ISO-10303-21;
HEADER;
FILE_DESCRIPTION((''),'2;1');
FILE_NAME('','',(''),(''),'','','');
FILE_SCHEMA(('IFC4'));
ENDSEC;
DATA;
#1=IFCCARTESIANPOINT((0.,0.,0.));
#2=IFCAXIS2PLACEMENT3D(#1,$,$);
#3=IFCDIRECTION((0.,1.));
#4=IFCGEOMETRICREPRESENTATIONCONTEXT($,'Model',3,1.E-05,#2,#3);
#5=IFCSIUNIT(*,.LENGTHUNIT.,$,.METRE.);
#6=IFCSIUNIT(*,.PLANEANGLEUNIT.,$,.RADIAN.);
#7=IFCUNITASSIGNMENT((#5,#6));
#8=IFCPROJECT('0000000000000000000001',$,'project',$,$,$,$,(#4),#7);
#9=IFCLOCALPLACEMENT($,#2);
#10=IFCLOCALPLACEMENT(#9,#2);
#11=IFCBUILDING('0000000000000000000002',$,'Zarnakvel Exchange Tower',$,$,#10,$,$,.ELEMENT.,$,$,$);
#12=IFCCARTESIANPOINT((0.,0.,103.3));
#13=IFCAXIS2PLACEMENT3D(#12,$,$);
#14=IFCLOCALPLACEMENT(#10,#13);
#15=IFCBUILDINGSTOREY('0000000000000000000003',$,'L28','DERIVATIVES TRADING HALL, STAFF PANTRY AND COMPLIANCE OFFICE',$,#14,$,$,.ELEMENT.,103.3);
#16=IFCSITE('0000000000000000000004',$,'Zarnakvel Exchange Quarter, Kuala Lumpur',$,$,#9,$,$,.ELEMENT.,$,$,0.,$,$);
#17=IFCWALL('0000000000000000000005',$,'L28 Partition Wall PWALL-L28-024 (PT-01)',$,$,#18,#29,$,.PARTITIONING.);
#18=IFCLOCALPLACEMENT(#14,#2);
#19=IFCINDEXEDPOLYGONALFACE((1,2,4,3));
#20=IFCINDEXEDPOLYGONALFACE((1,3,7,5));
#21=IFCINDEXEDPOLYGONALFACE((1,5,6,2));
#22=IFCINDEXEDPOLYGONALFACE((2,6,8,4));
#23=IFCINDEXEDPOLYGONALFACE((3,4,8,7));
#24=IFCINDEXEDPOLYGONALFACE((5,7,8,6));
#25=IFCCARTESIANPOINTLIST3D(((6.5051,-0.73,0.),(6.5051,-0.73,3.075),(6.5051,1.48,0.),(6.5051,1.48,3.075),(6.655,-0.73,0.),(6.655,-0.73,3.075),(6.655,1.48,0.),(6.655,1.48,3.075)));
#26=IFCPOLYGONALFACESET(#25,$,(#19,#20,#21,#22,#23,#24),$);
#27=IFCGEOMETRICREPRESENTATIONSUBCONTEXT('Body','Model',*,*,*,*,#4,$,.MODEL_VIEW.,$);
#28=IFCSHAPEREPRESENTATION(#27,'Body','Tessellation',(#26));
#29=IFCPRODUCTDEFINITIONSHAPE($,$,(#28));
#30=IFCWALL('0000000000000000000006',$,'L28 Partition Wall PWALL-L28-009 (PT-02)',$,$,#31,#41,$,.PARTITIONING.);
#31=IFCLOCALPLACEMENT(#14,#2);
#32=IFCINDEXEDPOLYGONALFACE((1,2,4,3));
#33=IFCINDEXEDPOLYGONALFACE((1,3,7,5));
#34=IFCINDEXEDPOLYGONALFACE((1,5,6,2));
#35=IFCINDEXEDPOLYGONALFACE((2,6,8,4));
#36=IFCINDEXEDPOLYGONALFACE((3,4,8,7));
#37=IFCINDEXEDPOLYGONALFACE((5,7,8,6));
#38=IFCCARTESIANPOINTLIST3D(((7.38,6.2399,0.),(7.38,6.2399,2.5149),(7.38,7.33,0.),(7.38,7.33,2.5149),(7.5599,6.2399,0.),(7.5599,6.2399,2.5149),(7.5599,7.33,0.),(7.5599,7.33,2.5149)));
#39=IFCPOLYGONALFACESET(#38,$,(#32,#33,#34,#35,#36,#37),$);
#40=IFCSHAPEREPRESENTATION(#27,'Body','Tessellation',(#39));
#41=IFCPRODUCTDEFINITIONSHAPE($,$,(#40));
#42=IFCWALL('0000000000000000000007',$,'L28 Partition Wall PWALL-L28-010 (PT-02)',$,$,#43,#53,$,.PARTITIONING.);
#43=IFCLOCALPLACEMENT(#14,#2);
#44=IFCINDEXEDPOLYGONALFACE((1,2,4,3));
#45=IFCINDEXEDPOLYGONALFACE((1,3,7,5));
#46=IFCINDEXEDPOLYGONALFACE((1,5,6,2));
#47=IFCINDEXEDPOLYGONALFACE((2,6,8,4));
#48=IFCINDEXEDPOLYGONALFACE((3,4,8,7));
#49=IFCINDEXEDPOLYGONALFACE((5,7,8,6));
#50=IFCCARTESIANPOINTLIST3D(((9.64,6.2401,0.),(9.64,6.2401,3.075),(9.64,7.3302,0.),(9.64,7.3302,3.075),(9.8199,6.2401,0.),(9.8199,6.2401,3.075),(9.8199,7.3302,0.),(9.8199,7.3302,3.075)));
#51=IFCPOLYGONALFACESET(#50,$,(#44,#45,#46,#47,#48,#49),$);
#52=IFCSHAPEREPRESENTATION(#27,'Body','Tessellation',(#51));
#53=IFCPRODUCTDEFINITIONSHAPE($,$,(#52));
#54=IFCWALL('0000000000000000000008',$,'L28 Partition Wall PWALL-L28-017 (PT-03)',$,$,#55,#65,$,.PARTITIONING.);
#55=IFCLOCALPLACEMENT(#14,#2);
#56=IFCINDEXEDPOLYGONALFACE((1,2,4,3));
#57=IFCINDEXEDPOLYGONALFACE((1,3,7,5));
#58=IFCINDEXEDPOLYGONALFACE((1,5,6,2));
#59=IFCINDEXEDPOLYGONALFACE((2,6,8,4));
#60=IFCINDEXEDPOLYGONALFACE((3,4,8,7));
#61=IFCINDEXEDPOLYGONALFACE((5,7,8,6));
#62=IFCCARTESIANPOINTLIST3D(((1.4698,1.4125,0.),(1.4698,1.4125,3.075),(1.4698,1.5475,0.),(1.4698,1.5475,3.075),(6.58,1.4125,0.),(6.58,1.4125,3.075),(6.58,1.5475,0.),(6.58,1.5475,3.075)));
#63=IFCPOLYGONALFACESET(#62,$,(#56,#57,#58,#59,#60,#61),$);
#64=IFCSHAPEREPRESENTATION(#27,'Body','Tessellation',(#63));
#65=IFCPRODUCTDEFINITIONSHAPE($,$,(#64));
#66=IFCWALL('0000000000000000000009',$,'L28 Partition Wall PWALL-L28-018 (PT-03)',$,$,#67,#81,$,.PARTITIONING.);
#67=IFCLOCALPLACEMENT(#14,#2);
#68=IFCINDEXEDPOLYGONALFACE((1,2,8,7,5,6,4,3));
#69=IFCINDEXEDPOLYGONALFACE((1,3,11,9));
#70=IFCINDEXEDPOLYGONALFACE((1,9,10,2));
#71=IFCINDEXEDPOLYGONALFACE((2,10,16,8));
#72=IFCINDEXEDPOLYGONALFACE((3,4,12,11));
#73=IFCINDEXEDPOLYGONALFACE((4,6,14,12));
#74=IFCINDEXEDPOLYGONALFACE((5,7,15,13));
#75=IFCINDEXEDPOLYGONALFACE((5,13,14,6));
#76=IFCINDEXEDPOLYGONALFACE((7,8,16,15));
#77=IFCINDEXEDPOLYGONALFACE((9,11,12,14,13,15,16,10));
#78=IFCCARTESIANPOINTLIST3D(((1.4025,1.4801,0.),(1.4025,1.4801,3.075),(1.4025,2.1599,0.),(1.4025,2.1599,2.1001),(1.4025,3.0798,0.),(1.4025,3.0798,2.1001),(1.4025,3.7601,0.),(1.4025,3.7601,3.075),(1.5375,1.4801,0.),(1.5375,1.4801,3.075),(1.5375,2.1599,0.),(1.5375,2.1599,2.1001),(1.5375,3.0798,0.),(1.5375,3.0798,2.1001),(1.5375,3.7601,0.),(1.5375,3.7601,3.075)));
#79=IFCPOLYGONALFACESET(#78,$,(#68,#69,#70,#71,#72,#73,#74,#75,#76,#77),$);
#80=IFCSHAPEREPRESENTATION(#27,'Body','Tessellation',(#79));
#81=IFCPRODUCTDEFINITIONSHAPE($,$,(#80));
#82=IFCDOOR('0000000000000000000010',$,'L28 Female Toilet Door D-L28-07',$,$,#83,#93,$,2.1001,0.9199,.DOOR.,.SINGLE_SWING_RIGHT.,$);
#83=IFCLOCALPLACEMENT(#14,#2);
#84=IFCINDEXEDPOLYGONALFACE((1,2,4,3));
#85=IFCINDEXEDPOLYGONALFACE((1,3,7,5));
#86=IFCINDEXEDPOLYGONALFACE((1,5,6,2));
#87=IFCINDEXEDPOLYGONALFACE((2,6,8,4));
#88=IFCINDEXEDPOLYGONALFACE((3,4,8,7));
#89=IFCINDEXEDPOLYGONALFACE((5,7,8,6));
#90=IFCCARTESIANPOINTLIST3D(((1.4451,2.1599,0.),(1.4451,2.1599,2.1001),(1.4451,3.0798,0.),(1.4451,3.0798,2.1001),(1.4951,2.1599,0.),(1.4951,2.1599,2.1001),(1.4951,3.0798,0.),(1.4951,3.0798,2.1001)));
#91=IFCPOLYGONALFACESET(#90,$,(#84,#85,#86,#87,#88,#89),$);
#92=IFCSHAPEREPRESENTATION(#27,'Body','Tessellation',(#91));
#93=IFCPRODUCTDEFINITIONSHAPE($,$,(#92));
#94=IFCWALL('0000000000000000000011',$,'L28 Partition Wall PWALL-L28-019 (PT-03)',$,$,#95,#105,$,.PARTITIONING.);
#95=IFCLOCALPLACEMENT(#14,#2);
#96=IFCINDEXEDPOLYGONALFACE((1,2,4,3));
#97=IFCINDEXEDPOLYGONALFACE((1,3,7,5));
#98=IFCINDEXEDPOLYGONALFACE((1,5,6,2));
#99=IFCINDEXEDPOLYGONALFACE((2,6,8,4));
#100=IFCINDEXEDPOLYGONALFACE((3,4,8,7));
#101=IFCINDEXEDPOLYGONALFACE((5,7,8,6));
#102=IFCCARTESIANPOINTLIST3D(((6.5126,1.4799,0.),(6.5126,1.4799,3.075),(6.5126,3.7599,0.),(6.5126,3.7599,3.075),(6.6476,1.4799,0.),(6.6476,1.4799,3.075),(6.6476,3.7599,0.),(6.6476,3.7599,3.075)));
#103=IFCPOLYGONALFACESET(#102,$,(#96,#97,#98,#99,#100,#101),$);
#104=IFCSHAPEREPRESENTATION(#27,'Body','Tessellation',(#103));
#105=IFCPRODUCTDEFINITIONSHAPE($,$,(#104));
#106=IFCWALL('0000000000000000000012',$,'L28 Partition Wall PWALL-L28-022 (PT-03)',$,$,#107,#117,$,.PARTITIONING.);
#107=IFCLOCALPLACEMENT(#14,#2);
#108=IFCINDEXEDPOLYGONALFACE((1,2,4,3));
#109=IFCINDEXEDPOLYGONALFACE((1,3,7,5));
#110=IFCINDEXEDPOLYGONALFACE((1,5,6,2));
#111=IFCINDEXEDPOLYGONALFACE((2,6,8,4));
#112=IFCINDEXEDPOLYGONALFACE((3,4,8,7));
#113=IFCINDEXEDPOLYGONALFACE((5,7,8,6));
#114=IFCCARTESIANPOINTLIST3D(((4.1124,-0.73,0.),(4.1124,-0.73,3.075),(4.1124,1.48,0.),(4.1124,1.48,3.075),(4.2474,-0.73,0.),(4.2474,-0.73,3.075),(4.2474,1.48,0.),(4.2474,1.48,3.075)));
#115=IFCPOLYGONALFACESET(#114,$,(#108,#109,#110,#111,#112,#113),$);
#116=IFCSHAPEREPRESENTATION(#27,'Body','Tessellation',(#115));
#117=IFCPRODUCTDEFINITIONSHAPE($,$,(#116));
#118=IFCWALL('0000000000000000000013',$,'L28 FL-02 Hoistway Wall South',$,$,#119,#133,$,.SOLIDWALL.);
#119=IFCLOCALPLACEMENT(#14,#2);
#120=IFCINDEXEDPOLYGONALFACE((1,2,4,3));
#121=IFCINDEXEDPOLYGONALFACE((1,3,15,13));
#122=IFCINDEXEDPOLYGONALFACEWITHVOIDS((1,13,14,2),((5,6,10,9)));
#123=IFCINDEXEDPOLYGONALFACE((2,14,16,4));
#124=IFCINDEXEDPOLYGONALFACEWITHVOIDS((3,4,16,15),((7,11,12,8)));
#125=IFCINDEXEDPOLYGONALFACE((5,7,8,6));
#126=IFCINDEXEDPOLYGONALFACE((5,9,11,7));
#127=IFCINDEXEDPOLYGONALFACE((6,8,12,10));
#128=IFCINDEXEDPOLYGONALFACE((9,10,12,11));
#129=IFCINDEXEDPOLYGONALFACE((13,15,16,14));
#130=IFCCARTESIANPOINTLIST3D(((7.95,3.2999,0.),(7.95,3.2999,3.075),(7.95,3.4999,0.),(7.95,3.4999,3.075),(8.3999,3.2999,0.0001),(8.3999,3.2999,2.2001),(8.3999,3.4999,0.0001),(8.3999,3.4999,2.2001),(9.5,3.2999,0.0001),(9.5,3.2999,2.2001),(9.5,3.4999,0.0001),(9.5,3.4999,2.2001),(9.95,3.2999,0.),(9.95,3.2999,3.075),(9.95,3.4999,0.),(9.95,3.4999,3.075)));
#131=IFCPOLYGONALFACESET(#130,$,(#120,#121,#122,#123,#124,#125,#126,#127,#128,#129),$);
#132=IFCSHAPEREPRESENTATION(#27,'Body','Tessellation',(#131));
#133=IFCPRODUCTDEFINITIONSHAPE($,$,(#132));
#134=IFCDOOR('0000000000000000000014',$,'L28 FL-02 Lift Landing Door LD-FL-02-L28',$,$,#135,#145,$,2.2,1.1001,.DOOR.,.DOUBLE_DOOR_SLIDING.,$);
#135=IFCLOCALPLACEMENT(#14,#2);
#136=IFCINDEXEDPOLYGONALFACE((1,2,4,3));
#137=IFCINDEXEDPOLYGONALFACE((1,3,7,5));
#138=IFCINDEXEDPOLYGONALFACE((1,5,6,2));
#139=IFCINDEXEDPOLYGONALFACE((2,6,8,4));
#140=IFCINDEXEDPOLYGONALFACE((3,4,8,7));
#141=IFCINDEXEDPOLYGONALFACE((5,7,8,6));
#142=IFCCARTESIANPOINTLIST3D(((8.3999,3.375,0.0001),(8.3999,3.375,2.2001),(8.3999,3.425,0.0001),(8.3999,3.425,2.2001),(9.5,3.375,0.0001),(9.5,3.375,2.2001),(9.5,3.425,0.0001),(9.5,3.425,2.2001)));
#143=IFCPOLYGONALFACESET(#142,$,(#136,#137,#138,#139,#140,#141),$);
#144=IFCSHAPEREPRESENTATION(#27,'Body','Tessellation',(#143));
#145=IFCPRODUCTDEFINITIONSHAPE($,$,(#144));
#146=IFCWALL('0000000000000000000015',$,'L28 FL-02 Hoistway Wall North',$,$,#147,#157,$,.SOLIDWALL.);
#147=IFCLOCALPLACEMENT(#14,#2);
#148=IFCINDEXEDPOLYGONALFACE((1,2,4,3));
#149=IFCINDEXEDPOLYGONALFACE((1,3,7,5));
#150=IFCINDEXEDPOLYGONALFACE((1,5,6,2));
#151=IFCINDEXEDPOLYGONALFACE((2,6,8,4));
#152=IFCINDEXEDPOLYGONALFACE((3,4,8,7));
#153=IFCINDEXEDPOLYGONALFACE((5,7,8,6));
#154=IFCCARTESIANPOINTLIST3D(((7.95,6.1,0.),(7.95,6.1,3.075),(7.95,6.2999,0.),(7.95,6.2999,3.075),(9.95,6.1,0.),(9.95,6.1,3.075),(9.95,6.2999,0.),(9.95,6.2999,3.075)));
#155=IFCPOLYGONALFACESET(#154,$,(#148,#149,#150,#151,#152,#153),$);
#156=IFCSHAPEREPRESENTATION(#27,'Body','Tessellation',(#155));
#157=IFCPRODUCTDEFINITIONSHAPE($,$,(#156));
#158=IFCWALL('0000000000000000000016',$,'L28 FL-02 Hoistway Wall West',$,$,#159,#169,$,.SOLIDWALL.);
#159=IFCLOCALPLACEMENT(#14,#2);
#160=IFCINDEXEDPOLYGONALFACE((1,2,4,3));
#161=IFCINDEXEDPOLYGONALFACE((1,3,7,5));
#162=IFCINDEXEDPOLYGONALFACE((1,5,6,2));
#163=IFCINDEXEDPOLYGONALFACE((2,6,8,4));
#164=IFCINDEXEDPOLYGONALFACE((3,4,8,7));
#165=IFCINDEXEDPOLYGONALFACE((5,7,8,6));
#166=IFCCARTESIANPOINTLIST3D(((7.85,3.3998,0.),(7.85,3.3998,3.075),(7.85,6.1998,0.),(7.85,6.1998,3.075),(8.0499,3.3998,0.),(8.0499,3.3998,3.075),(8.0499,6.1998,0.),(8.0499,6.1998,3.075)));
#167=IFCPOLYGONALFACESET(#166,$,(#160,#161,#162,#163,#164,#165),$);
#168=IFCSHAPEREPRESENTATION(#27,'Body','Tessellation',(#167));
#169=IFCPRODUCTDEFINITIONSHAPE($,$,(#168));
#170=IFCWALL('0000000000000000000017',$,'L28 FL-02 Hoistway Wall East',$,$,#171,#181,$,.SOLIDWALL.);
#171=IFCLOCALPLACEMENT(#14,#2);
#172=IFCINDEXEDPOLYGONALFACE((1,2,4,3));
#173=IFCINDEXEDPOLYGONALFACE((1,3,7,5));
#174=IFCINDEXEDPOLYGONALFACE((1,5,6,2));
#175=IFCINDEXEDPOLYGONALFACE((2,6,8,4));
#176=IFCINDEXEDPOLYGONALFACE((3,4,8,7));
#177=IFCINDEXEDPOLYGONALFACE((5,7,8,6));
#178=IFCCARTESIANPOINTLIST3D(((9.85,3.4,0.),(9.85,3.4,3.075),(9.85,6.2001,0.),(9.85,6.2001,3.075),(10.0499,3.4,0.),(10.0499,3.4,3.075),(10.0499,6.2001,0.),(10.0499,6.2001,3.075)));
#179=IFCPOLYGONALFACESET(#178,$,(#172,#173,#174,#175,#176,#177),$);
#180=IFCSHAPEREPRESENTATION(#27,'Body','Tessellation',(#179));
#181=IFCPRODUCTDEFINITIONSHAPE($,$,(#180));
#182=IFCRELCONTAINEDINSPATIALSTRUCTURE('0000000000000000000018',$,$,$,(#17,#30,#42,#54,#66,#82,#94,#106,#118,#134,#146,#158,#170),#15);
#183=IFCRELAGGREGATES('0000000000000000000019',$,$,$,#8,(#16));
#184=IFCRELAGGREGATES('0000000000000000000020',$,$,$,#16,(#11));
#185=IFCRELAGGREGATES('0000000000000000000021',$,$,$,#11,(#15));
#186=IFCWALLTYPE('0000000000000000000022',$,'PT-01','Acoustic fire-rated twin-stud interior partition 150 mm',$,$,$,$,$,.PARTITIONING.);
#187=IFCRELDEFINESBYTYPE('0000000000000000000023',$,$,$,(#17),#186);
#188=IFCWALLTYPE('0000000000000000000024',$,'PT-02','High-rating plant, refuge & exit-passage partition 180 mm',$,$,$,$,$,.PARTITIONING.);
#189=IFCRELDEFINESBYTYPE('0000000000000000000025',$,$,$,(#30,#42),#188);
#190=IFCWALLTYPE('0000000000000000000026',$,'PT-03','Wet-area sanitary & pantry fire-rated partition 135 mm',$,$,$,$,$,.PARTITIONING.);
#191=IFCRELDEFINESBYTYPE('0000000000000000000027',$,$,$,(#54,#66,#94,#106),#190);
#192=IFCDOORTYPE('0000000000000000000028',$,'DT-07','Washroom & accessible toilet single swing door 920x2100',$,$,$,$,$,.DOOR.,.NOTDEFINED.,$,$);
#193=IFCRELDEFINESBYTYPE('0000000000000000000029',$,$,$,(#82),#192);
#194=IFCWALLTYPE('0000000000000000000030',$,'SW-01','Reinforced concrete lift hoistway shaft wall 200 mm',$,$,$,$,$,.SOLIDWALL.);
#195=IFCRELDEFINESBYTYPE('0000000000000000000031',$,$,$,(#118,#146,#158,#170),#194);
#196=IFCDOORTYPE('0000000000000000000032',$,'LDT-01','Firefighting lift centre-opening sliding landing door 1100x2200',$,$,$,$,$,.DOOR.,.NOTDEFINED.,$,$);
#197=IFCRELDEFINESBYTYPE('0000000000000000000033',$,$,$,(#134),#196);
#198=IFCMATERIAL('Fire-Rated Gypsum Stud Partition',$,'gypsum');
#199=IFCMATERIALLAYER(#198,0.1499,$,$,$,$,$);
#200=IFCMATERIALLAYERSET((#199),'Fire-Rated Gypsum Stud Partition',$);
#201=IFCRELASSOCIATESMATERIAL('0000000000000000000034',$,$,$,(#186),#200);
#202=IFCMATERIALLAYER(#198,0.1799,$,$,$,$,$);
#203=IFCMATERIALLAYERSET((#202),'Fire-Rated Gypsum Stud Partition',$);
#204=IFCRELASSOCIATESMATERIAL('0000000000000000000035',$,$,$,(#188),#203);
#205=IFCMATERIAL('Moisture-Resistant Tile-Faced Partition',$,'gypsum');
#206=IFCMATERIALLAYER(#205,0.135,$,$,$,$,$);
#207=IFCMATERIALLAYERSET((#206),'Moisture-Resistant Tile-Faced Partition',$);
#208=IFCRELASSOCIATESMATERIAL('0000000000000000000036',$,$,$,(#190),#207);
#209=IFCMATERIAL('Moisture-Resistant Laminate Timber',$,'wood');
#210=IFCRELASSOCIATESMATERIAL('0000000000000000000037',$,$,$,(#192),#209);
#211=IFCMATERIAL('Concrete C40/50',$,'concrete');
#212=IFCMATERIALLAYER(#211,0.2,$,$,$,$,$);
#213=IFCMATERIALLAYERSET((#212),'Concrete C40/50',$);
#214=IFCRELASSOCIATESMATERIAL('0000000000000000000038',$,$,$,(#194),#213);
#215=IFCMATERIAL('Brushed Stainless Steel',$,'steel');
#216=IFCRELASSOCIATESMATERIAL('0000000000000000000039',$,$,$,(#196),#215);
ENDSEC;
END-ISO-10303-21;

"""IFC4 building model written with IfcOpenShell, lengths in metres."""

from ifc_helpers import new_model, si_unit, direction, frame, frame_2d, origin, place, context, subcontext, project, spatial, rectangle, extrude, source, transform, mapped, material, layer, layer_set, type_object, element, fill, save


model = new_model("IFC4")

# Units and contexts
model_context = context("Model", 3, precision=1e-05, world=origin(), true_north=direction((0.0, 1.0)))
body_context = subcontext(model_context, "Body", "Model", "MODEL_VIEW")
ifc_project = project(units=[si_unit("LENGTHUNIT", "METRE"), si_unit("PLANEANGLEUNIT", "RADIAN")], contexts=[model_context])

# Site, building, storey
site_placement = place(None, origin())
site = spatial("IfcSite", under=ifc_project, at=site_placement, Name="Zarnakvel Exchange Quarter, Kuala Lumpur", CompositionType="ELEMENT", RefElevation=0.0)
building_placement = place(site_placement, origin())
building = spatial("IfcBuilding", under=site, at=building_placement, Name="Zarnakvel Exchange Tower", CompositionType="ELEMENT")
storey_placement = place(building_placement, frame((0.0, 0.0, 103.3)))
storey = spatial("IfcBuildingStorey", under=building, at=storey_placement, Name="L28", Description="DERIVATIVES TRADING HALL, STAFF PANTRY AND COMPLIANCE OFFICE", CompositionType="ELEMENT", Elevation=103.3)

# Walls
ifc_material_1 = material(Name="Fire-Rated Gypsum Stud Partition", Category="gypsum")
ifc_layer_1 = layer(ifc_material_1, 0.1499)
ifc_layer_set_1 = layer_set([ifc_layer_1], Name="Fire-Rated Gypsum Stud Partition")
wall_type_1 = type_object("IfcWallType", Name="PT-01", Description="Acoustic fire-rated twin-stud interior partition 150 mm", PredefinedType="PARTITIONING", material=ifc_layer_set_1)
wall_1_placement = place(storey_placement, frame((6.5801, 1.48, 0.0), z_axis=(0.0, 0.0, 1.0), x_axis=(0.0, -1.0, 0.0)))
element("IfcWall", 1, at=wall_1_placement, inside=storey, type_object=wall_type_1, Name="L28 Partition Wall PWALL-L28-024 (PT-01)", PredefinedType="PARTITIONING", context=body_context, shape_type="SweptSolid", body=[
    extrude(rectangle(XDim=2.21, YDim=0.1499, at=frame_2d((1.105, 0.0))), origin(), (0.0, 0.0, 1.0), 3.075),
])
ifc_layer_2 = layer(ifc_material_1, 0.1799)
ifc_layer_set_2 = layer_set([ifc_layer_2], Name="Fire-Rated Gypsum Stud Partition")
wall_type_2 = type_object("IfcWallType", Name="PT-02", Description="High-rating plant, refuge & exit-passage partition 180 mm", PredefinedType="PARTITIONING", material=ifc_layer_set_2)
wall_2_placement = place(storey_placement, frame((7.47, 6.24, 0.0), z_axis=(0.0, 0.0, 1.0), x_axis=(0.0, 1.0, 0.0)))
element("IfcWall", 2, at=wall_2_placement, inside=storey, type_object=wall_type_2, Name="L28 Partition Wall PWALL-L28-009 (PT-02)", PredefinedType="PARTITIONING", context=body_context, shape_type="SweptSolid", body=[
    extrude(rectangle(XDim=1.0901, YDim=0.1799, at=frame_2d((0.5449, 0.0))), origin(), (0.0, 0.0, 1.0), 2.5149),
])
wall_3_placement = place(storey_placement, frame((9.73, 7.3301, 0.0), z_axis=(0.0, 0.0, 1.0), x_axis=(0.0, -1.0, 0.0)))
element("IfcWall", 3, at=wall_3_placement, inside=storey, type_object=wall_type_2, Name="L28 Partition Wall PWALL-L28-010 (PT-02)", PredefinedType="PARTITIONING", context=body_context, shape_type="SweptSolid", body=[
    extrude(rectangle(XDim=1.0901, YDim=0.1799, at=frame_2d((0.5449, 0.0))), origin(), (0.0, 0.0, 1.0), 3.075),
])
ifc_material_2 = material(Name="Moisture-Resistant Tile-Faced Partition", Category="gypsum")
ifc_layer_3 = layer(ifc_material_2, 0.135)
ifc_layer_set_3 = layer_set([ifc_layer_3], Name="Moisture-Resistant Tile-Faced Partition")
wall_type_3 = type_object("IfcWallType", Name="PT-03", Description="Wet-area sanitary & pantry fire-rated partition 135 mm", PredefinedType="PARTITIONING", material=ifc_layer_set_3)
wall_4_placement = place(storey_placement, frame((6.5801, 1.48, 0.0), z_axis=(0.0, 0.0, 1.0), x_axis=(-1.0, 0.0, 0.0)))
element("IfcWall", 4, at=wall_4_placement, inside=storey, type_object=wall_type_3, Name="L28 Partition Wall PWALL-L28-017 (PT-03)", PredefinedType="PARTITIONING", context=body_context, shape_type="SweptSolid", body=[
    extrude(rectangle(XDim=5.1101, YDim=0.135, at=frame_2d((2.5552, 0.0))), origin(), (0.0, 0.0, 1.0), 3.075),
])

# Wall, opening, door
wall_5_placement = place(storey_placement, frame((1.47, 1.48, 0.0), z_axis=(0.0, 0.0, 1.0), x_axis=(0.0, 1.0, 0.0)))
wall_5 = element("IfcWall", 5, at=wall_5_placement, inside=storey, type_object=wall_type_3, Name="L28 Partition Wall PWALL-L28-018 (PT-03)", PredefinedType="PARTITIONING", context=body_context, shape_type="SweptSolid", body=[
    extrude(rectangle(XDim=2.28, YDim=0.135, at=frame_2d((1.1401, 0.0))), origin(), (0.0, 0.0, 1.0), 3.075),
])
opening_1_placement = place(wall_5_placement, frame((0.6799, 0.0, 0.0)))
opening_1 = element("IfcOpeningElement", 6, at=opening_1_placement, cuts=wall_5, PredefinedType="OPENING", context=body_context, shape_type="SweptSolid", body=[
    extrude(rectangle(XDim=0.9199, YDim=2.1001, at=frame_2d((0.46, 1.05))), frame((0.0, 0.0774, 0.0), z_axis=(0.0, -1.0, 0.0), x_axis=(1.0, 0.0, 0.0)), (0.0, 0.0, 1.0), 0.155),
])
ifc_material_3 = material(Name="Moisture-Resistant Laminate Timber", Category="wood")
door_type_1 = type_object("IfcDoorType", Name="DT-07", Description="Washroom & accessible toilet single swing door 920x2100", OperationType="NOTDEFINED", PredefinedType="DOOR", material=ifc_material_3)
shared_shape_1 = source(origin(), body_context, "Body", "SweptSolid", [
    extrude(rectangle(XDim=0.9199, YDim=2.1001, at=frame_2d((0.46, 1.05))), frame((0.0, 0.0249, 0.0), z_axis=(0.0, -1.0, 0.0), x_axis=(1.0, 0.0, 0.0)), (0.0, 0.0, 1.0), 0.05),
])
door_1_placement = place(opening_1_placement, origin())
door_1 = element("IfcDoor", 7, at=door_1_placement, inside=storey, type_object=door_type_1, Name="L28 Female Toilet Door D-L28-07", OperationType="SINGLE_SWING_RIGHT", OverallHeight=2.1001, OverallWidth=0.9199, PredefinedType="DOOR", context=body_context, shape_type="MappedRepresentation", body=[
    mapped(shared_shape_1, transform((0.0, 0.0, 0.0), x_axis=(1.0, 0.0, 0.0), y_axis=(0.0, 1.0, 0.0), z_axis=(0.0, 0.0, 1.0), scale=1.0)),
])
fill(opening_1, door_1)

# Walls
wall_6_placement = place(storey_placement, frame((6.5801, 3.76, 0.0), z_axis=(0.0, 0.0, 1.0), x_axis=(0.0, -1.0, 0.0)))
element("IfcWall", 8, at=wall_6_placement, inside=storey, type_object=wall_type_3, Name="L28 Partition Wall PWALL-L28-019 (PT-03)", PredefinedType="PARTITIONING", context=body_context, shape_type="SweptSolid", body=[
    extrude(rectangle(XDim=2.28, YDim=0.135, at=frame_2d((1.1401, 0.0))), origin(), (0.0, 0.0, 1.0), 3.075),
])
wall_7_placement = place(storey_placement, frame((4.1799, 1.48, 0.0), z_axis=(0.0, 0.0, 1.0), x_axis=(0.0, -1.0, 0.0)))
element("IfcWall", 9, at=wall_7_placement, inside=storey, type_object=wall_type_3, Name="L28 Partition Wall PWALL-L28-022 (PT-03)", PredefinedType="PARTITIONING", context=body_context, shape_type="SweptSolid", body=[
    extrude(rectangle(XDim=2.21, YDim=0.135, at=frame_2d((1.105, 0.0))), origin(), (0.0, 0.0, 1.0), 3.075),
])

# Wall, opening, door
ifc_material_4 = material(Name="Concrete C40/50", Category="concrete")
ifc_layer_4 = layer(ifc_material_4, 0.2)
ifc_layer_set_4 = layer_set([ifc_layer_4], Name="Concrete C40/50")
wall_type_4 = type_object("IfcWallType", Name="SW-01", Description="Reinforced concrete lift hoistway shaft wall 200 mm", PredefinedType="SOLIDWALL", material=ifc_layer_set_4)
wall_8_placement = place(storey_placement, frame((9.95, 3.3999, 0.0), z_axis=(0.0, 0.0, 1.0), x_axis=(-1.0, 0.0, 0.0)))
wall_8 = element("IfcWall", 10, at=wall_8_placement, inside=storey, type_object=wall_type_4, Name="L28 FL-02 Hoistway Wall South", PredefinedType="SOLIDWALL", context=body_context, shape_type="SweptSolid", body=[
    extrude(rectangle(XDim=2.0, YDim=0.2, at=frame_2d((1.0, 0.0))), origin(), (0.0, 0.0, 1.0), 3.075),
])
opening_2_placement = place(wall_8_placement, frame((0.45, 0.0, 0.0)))
opening_2 = element("IfcOpeningElement", 11, at=opening_2_placement, cuts=wall_8, PredefinedType="OPENING", context=body_context, shape_type="SweptSolid", body=[
    extrude(rectangle(XDim=1.1001, YDim=2.2, at=frame_2d((0.55, 1.1001))), frame((0.0, 0.1099, 0.0), z_axis=(0.0, -1.0, 0.0), x_axis=(1.0, 0.0, 0.0)), (0.0, 0.0, 1.0), 0.22),
])
ifc_material_5 = material(Name="Brushed Stainless Steel", Category="steel")
door_type_2 = type_object("IfcDoorType", Name="LDT-01", Description="Firefighting lift centre-opening sliding landing door 1100x2200", OperationType="NOTDEFINED", PredefinedType="DOOR", material=ifc_material_5)
shared_shape_2 = source(origin(), body_context, "Body", "SweptSolid", [
    extrude(rectangle(XDim=1.1001, YDim=2.2, at=frame_2d((0.55, 1.1001))), frame((0.0, 0.0249, 0.0), z_axis=(0.0, -1.0, 0.0), x_axis=(1.0, 0.0, 0.0)), (0.0, 0.0, 1.0), 0.05),
])
door_2_placement = place(opening_2_placement, origin())
door_2 = element("IfcDoor", 12, at=door_2_placement, inside=storey, type_object=door_type_2, Name="L28 FL-02 Lift Landing Door LD-FL-02-L28", OperationType="DOUBLE_DOOR_SLIDING", OverallHeight=2.2, OverallWidth=1.1001, PredefinedType="DOOR", context=body_context, shape_type="MappedRepresentation", body=[
    mapped(shared_shape_2, transform((0.0, 0.0, 0.0), x_axis=(1.0, 0.0, 0.0), y_axis=(0.0, 1.0, 0.0), z_axis=(0.0, 0.0, 1.0), scale=1.0)),
])
fill(opening_2, door_2)

# Walls
wall_9_placement = place(storey_placement, frame((7.95, 6.2, 0.0), z_axis=(0.0, 0.0, 1.0), x_axis=(1.0, 0.0, 0.0)))
element("IfcWall", 13, at=wall_9_placement, inside=storey, type_object=wall_type_4, Name="L28 FL-02 Hoistway Wall North", PredefinedType="SOLIDWALL", context=body_context, shape_type="SweptSolid", body=[
    extrude(rectangle(XDim=2.0, YDim=0.2, at=frame_2d((1.0, 0.0))), origin(), (0.0, 0.0, 1.0), 3.075),
])
for number, where, z_axis, x_axis, name in (
    (14, (7.95, 3.3999, 0.0), (0.0, 0.0, 1.0), (0.0, 1.0, 0.0), "L28 FL-02 Hoistway Wall West"),
    (15, (9.95, 6.2, 0.0), (0.0, 0.0, 1.0), (0.0, -1.0, 0.0), "L28 FL-02 Hoistway Wall East"),
):
    element("IfcWall", number, at=place(storey_placement, frame(where, z_axis=z_axis, x_axis=x_axis)), inside=storey, type_object=wall_type_4, Name=name, PredefinedType="SOLIDWALL", context=body_context, shape_type="SweptSolid", body=[
        extrude(rectangle(XDim=2.8, YDim=0.2, at=frame_2d((1.3999, 0.0))), origin(), (0.0, 0.0, 1.0), 3.075),
    ])

save(model, "model.ifc")
